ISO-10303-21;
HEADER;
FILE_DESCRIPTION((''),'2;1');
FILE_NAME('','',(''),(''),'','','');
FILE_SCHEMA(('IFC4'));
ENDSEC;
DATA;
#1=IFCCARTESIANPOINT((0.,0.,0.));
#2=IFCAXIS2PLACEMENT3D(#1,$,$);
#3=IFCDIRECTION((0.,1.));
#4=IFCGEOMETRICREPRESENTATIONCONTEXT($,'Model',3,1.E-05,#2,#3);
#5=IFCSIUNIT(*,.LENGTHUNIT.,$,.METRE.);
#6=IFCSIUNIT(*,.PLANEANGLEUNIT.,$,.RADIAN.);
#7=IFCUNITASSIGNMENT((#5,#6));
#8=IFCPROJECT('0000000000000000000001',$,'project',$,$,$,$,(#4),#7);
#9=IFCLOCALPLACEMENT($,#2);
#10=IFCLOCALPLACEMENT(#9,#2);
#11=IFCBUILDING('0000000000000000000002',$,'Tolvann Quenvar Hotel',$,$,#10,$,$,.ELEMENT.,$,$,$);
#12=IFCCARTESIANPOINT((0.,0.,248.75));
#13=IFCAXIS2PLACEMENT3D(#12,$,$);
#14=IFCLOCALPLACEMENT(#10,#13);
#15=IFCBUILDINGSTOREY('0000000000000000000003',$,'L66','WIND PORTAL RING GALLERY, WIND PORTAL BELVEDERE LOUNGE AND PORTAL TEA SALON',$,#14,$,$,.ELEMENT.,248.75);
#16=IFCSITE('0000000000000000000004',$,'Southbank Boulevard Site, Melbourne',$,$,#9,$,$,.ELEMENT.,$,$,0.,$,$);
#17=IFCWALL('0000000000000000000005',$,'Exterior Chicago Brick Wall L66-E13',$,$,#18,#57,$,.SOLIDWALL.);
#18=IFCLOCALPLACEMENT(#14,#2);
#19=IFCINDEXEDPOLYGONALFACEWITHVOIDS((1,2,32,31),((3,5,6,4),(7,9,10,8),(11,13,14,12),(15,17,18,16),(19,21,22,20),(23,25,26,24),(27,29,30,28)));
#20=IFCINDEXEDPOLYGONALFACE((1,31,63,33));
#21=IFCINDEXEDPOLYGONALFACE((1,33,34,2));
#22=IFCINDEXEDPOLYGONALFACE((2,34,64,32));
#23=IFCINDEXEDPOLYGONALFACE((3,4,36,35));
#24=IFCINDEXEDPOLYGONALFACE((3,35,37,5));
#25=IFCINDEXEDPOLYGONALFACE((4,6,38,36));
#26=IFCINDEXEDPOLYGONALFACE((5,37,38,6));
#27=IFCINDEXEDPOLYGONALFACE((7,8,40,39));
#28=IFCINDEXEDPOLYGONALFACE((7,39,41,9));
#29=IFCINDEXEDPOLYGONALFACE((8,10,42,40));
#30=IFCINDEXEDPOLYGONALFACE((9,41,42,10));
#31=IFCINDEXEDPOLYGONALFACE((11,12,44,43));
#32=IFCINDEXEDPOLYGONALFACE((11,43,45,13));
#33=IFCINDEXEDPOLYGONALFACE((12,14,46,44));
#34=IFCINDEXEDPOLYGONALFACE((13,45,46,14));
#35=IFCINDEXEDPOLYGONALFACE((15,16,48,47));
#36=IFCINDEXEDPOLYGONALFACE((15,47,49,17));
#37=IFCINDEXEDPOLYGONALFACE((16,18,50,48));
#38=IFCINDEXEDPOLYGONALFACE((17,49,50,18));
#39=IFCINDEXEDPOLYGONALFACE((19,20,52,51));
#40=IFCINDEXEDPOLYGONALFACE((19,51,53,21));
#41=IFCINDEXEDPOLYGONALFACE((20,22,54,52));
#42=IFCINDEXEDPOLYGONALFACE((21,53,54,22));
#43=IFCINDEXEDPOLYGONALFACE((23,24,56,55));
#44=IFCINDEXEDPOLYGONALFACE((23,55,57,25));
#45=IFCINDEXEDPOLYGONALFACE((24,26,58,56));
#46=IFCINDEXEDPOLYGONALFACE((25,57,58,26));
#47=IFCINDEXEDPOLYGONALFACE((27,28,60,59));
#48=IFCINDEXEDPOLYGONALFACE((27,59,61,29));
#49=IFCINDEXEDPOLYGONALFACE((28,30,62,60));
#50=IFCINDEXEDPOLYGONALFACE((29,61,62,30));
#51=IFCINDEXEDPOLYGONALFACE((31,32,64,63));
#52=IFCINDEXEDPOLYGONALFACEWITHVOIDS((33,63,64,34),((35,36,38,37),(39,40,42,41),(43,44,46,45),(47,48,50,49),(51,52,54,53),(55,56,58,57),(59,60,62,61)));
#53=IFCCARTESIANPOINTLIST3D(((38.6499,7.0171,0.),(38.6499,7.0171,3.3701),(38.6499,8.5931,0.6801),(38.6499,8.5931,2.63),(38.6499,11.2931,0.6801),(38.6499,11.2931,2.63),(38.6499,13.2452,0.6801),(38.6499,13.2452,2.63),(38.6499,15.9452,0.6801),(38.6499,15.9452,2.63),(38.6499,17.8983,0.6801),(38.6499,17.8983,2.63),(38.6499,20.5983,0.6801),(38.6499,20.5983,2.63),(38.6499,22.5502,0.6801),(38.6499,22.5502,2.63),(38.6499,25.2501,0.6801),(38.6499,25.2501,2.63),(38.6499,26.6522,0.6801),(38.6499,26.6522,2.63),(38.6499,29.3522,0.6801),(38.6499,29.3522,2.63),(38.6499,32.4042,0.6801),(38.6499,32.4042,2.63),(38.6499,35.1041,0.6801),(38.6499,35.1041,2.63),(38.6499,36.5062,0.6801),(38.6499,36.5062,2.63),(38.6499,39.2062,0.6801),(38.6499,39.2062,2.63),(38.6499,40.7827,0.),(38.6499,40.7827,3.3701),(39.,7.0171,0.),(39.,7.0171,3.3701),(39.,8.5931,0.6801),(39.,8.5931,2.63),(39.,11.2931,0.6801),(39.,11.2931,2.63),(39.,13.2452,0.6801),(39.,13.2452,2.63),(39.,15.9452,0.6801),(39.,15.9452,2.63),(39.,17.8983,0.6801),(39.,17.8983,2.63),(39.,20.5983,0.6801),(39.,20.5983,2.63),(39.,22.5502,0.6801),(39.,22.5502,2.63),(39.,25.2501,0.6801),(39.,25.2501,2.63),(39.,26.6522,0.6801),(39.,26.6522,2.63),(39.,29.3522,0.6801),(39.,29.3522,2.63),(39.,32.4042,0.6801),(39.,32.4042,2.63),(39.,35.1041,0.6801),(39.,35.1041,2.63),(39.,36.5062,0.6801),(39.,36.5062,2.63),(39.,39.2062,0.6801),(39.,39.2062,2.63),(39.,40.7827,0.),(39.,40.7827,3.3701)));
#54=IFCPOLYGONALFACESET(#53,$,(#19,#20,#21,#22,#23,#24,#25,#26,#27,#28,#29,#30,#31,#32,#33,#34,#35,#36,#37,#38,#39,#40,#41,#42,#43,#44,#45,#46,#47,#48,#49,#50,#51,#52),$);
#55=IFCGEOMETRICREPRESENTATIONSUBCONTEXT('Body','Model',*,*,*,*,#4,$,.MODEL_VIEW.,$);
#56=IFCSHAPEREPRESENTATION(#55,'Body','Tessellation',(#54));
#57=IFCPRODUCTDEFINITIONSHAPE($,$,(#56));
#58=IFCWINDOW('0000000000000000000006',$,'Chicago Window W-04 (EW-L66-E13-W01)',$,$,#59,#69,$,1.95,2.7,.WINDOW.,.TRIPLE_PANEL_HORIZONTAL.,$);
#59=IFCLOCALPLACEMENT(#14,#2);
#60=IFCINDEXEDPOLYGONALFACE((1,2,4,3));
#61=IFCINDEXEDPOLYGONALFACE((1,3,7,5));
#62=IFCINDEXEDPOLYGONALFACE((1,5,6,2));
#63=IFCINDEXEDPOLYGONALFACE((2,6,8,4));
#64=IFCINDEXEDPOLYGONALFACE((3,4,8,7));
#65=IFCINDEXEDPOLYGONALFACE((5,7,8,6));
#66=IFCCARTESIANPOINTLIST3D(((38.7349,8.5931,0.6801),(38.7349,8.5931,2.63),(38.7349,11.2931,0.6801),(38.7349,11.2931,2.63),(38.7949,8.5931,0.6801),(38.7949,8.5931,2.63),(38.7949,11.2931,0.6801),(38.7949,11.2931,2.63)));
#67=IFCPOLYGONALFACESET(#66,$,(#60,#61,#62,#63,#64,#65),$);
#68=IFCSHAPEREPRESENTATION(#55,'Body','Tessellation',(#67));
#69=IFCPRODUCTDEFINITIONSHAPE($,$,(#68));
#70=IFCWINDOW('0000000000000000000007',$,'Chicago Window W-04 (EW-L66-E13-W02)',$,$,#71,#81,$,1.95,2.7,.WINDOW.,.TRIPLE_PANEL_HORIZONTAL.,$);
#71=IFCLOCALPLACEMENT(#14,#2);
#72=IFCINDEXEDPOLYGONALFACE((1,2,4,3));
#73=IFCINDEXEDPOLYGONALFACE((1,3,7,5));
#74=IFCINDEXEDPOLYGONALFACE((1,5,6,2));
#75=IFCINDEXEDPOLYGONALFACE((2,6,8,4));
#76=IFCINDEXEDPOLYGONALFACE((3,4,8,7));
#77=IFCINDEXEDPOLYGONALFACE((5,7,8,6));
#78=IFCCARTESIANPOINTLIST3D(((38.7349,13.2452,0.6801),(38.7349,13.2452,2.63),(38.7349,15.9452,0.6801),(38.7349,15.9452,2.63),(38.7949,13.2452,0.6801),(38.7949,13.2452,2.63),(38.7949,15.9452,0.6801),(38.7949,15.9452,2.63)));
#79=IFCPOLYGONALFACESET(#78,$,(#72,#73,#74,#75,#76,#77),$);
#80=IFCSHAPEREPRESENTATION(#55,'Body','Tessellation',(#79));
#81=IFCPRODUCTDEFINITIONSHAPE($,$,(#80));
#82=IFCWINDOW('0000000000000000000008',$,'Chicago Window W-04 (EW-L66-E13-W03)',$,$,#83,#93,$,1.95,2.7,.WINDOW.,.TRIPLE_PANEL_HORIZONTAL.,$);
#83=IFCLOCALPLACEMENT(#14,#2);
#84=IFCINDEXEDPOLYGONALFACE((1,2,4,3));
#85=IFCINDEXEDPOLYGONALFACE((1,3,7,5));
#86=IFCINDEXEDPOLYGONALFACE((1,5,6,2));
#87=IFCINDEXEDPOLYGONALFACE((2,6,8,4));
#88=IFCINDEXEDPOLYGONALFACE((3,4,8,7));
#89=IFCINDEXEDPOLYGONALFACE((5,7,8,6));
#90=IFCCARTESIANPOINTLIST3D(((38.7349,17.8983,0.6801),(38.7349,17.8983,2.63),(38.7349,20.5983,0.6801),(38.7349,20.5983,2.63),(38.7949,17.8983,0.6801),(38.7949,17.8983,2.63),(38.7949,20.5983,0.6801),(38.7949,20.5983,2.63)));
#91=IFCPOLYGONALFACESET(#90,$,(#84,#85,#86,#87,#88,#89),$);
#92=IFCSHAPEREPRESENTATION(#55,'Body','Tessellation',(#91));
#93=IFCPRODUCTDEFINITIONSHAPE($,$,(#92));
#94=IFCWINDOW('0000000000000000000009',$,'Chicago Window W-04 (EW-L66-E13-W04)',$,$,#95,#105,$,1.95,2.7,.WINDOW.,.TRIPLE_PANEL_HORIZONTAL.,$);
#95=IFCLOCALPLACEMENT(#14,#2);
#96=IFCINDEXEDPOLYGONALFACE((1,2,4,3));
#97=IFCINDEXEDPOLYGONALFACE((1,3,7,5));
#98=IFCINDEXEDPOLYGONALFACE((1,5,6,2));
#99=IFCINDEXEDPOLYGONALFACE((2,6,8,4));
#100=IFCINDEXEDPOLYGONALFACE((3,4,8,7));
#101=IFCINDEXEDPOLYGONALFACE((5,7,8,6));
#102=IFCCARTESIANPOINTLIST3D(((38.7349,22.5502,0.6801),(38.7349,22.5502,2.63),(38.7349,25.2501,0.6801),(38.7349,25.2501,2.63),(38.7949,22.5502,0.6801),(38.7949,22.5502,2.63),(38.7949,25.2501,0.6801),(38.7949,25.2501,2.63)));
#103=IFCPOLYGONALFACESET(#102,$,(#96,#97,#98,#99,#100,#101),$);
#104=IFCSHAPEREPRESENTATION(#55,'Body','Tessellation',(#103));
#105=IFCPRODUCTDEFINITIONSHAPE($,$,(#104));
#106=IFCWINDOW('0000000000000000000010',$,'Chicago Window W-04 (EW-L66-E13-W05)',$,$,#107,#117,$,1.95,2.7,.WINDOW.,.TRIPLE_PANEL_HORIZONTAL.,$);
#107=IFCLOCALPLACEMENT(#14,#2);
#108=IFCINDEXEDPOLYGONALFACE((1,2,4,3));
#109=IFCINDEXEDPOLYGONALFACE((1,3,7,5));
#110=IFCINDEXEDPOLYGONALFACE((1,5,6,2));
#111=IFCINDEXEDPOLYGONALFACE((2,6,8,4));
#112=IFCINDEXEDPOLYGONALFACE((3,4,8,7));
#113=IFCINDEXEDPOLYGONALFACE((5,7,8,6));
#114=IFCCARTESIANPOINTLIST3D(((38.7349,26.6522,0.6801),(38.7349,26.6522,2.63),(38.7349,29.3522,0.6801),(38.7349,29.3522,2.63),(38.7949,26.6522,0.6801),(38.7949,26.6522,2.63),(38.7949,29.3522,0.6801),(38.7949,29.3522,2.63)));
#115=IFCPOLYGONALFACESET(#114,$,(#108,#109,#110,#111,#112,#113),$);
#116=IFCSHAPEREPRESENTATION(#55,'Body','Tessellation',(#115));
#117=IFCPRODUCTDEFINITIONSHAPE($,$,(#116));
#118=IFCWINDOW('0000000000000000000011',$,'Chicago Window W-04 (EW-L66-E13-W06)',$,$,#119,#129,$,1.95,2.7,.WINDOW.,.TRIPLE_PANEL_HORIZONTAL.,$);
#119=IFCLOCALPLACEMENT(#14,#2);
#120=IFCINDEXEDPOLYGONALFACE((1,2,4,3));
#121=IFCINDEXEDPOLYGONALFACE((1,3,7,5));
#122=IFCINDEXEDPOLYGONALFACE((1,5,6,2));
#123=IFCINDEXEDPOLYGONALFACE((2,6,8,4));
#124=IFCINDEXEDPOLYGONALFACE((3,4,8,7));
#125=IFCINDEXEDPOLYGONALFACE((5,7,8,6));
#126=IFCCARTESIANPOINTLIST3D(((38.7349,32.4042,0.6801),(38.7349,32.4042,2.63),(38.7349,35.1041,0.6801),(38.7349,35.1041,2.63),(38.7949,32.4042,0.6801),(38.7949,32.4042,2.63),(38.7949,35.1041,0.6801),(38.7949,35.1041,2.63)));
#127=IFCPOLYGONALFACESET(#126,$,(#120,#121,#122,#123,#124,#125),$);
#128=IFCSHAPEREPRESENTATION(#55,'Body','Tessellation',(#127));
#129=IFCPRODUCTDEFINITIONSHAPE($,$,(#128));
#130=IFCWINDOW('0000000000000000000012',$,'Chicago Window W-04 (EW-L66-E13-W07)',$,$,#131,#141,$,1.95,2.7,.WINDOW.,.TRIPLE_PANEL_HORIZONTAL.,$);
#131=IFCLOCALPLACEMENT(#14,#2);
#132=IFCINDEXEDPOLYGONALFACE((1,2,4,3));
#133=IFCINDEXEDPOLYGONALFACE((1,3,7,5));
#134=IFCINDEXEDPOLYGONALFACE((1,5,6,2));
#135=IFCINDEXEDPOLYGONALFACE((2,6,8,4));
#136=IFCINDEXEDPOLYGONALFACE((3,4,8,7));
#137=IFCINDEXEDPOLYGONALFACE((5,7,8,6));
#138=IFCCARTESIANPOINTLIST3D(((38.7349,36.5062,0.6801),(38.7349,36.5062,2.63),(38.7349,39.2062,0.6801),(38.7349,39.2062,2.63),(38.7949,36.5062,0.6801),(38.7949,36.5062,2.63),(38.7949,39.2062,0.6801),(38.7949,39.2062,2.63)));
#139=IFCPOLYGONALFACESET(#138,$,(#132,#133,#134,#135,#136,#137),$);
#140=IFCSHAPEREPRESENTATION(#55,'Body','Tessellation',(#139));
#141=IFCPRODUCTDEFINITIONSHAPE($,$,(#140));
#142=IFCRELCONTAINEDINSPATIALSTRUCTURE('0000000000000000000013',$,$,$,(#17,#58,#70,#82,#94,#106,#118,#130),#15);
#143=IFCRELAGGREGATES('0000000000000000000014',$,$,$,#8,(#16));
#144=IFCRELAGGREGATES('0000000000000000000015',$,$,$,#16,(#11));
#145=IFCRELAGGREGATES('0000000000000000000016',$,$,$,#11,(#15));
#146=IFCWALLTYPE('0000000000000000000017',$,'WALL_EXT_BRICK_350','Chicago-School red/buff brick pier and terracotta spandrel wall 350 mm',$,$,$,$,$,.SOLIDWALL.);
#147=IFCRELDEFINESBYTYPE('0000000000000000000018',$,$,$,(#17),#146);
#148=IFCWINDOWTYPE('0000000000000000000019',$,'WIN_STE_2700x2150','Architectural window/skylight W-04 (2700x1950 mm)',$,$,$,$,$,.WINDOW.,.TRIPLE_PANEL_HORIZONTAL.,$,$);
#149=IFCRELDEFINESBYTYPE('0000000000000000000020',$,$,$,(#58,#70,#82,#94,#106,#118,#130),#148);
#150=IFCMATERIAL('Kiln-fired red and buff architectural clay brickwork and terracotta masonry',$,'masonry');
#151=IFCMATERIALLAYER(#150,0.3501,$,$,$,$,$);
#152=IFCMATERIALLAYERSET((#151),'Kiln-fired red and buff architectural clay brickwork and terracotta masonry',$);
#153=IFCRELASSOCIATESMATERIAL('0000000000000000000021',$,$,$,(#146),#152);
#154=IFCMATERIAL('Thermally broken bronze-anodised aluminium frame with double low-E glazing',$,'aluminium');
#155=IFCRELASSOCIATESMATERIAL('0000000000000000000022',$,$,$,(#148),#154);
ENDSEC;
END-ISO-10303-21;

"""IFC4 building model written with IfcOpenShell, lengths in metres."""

from ifc_helpers import new_model, si_unit, direction, frame, frame_2d, origin, place, context, subcontext, project, spatial, rectangle, extrude, source, transform, mapped, material, layer, layer_set, type_object, type_shapes, element, fill, save


model = new_model("IFC4")

# Units and contexts
model_context = context("Model", 3, precision=1e-05, world=origin(), true_north=direction((0.0, 1.0)))
body_context = subcontext(model_context, "Body", "Model", "MODEL_VIEW")
ifc_project = project(units=[si_unit("LENGTHUNIT", "METRE"), si_unit("PLANEANGLEUNIT", "RADIAN")], contexts=[model_context])

# Site, building, storey
site_placement = place(None, origin())
site = spatial("IfcSite", under=ifc_project, at=site_placement, Name="Southbank Boulevard Site, Melbourne", CompositionType="ELEMENT", RefElevation=0.0)
building_placement = place(site_placement, origin())
building = spatial("IfcBuilding", under=site, at=building_placement, Name="Tolvann Quenvar Hotel", CompositionType="ELEMENT")
storey_placement = place(building_placement, frame((0.0, 0.0, 248.75)))
storey = spatial("IfcBuildingStorey", under=building, at=storey_placement, Name="L66", Description="WIND PORTAL RING GALLERY, WIND PORTAL BELVEDERE LOUNGE AND PORTAL TEA SALON", CompositionType="ELEMENT", Elevation=248.75)

# Shared definitions
ifc_material_1 = material(Name="Kiln-fired red and buff architectural clay brickwork and terracotta masonry", Category="masonry")
ifc_layer = layer(ifc_material_1, 0.3501)
ifc_layer_set = layer_set([ifc_layer], Name="Kiln-fired red and buff architectural clay brickwork and terracotta masonry")
wall_type = type_object("IfcWallType", Name="WALL_EXT_BRICK_350", Description="Chicago-School red/buff brick pier and terracotta spandrel wall 350 mm", PredefinedType="SOLIDWALL", material=ifc_layer_set)

# Wall, openings, windows
wall_1_placement = place(storey_placement, frame((38.825, 7.0171, 0.0), z_axis=(0.0, 0.0, 1.0), x_axis=(0.0, 1.0, 0.0)))
wall_1 = element("IfcWall", 1, at=wall_1_placement, inside=storey, type_object=wall_type, Name="Exterior Chicago Brick Wall L66-E13", PredefinedType="SOLIDWALL", context=body_context, shape_type="SweptSolid", body=[
    extrude(rectangle(XDim=33.7656, YDim=0.3501, at=frame_2d((16.8828, 0.0))), origin(), (0.0, 0.0, 1.0), 3.3701),
])
opening_1_placement = place(wall_1_placement, frame((1.5759, 0.0, 0.6799)))
opening_1 = element("IfcOpeningElement", 2, at=opening_1_placement, cuts=wall_1, PredefinedType="OPENING", context=body_context, shape_type="SweptSolid", body=[
    extrude(rectangle(XDim=2.7, YDim=1.95, at=frame_2d((1.3501, 0.9751))), frame((0.0, 0.1851, 0.0), z_axis=(0.0, -1.0, 0.0), x_axis=(1.0, 0.0, 0.0)), (0.0, 0.0, 1.0), 0.3701),
])
opening_2_placement = place(wall_1_placement, frame((6.228, 0.0, 0.6799)))
opening_2 = element("IfcOpeningElement", 3, at=opening_2_placement, cuts=wall_1, PredefinedType="OPENING", context=body_context, shape_type="SweptSolid", body=[
    extrude(rectangle(XDim=2.7, YDim=1.95, at=frame_2d((1.3501, 0.9751))), frame((0.0, 0.1851, 0.0), z_axis=(0.0, -1.0, 0.0), x_axis=(1.0, 0.0, 0.0)), (0.0, 0.0, 1.0), 0.3701),
])
opening_3_placement = place(wall_1_placement, frame((10.8811, 0.0, 0.6799)))
opening_3 = element("IfcOpeningElement", 4, at=opening_3_placement, cuts=wall_1, PredefinedType="OPENING", context=body_context, shape_type="SweptSolid", body=[
    extrude(rectangle(XDim=2.7, YDim=1.95, at=frame_2d((1.3501, 0.9751))), frame((0.0, 0.1851, 0.0), z_axis=(0.0, -1.0, 0.0), x_axis=(1.0, 0.0, 0.0)), (0.0, 0.0, 1.0), 0.3701),
])
opening_4_placement = place(wall_1_placement, frame((15.533, 0.0, 0.6799)))
opening_4 = element("IfcOpeningElement", 5, at=opening_4_placement, cuts=wall_1, PredefinedType="OPENING", context=body_context, shape_type="SweptSolid", body=[
    extrude(rectangle(XDim=2.7, YDim=1.95, at=frame_2d((1.3501, 0.9751))), frame((0.0, 0.1851, 0.0), z_axis=(0.0, -1.0, 0.0), x_axis=(1.0, 0.0, 0.0)), (0.0, 0.0, 1.0), 0.3701),
])
opening_5_placement = place(wall_1_placement, frame((19.635, 0.0, 0.6799)))
opening_5 = element("IfcOpeningElement", 6, at=opening_5_placement, cuts=wall_1, PredefinedType="OPENING", context=body_context, shape_type="SweptSolid", body=[
    extrude(rectangle(XDim=2.7, YDim=1.95, at=frame_2d((1.3501, 0.9751))), frame((0.0, 0.1851, 0.0), z_axis=(0.0, -1.0, 0.0), x_axis=(1.0, 0.0, 0.0)), (0.0, 0.0, 1.0), 0.3701),
])
opening_6_placement = place(wall_1_placement, frame((25.387, 0.0, 0.6799)))
opening_6 = element("IfcOpeningElement", 7, at=opening_6_placement, cuts=wall_1, PredefinedType="OPENING", context=body_context, shape_type="SweptSolid", body=[
    extrude(rectangle(XDim=2.7, YDim=1.95, at=frame_2d((1.3501, 0.9751))), frame((0.0, 0.1851, 0.0), z_axis=(0.0, -1.0, 0.0), x_axis=(1.0, 0.0, 0.0)), (0.0, 0.0, 1.0), 0.3701),
])
opening_7_placement = place(wall_1_placement, frame((29.489, 0.0, 0.6799)))
opening_7 = element("IfcOpeningElement", 8, at=opening_7_placement, cuts=wall_1, PredefinedType="OPENING", context=body_context, shape_type="SweptSolid", body=[
    extrude(rectangle(XDim=2.7, YDim=1.95, at=frame_2d((1.3501, 0.9751))), frame((0.0, 0.1851, 0.0), z_axis=(0.0, -1.0, 0.0), x_axis=(1.0, 0.0, 0.0)), (0.0, 0.0, 1.0), 0.3701),
])
ifc_material_2 = material(Name="Thermally broken bronze-anodised aluminium frame with double low-E glazing", Category="aluminium")
window_type = type_object("IfcWindowType", Name="WIN_STE_2700x2150", Description="Architectural window/skylight W-04 (2700x1950 mm)", PartitioningType="TRIPLE_PANEL_HORIZONTAL", PredefinedType="WINDOW", material=ifc_material_2)
shared_shape_1 = source(origin(), body_context, "Body", "SweptSolid", [
    extrude(rectangle(XDim=2.7, YDim=1.95, at=frame_2d((1.3501, 0.9751))), frame((0.0, 0.0901, 0.0), z_axis=(0.0, -1.0, 0.0), x_axis=(1.0, 0.0, 0.0)), (0.0, 0.0, 1.0), 0.0601),
])
type_shapes(window_type, [shared_shape_1])
window_1_placement = place(opening_1_placement, origin())
window_1 = element("IfcWindow", 9, at=window_1_placement, inside=storey, type_object=window_type, Name="Chicago Window W-04 (EW-L66-E13-W01)", OverallHeight=1.95, OverallWidth=2.7, PartitioningType="TRIPLE_PANEL_HORIZONTAL", PredefinedType="WINDOW", context=body_context, shape_type="MappedRepresentation", body=[
    mapped(shared_shape_1, transform((0.0, 0.0, 0.0), x_axis=(1.0, 0.0, 0.0), y_axis=(0.0, 1.0, 0.0), z_axis=(0.0, 0.0, 1.0), scale=1.0)),
])
fill(opening_1, window_1)
window_2_placement = place(opening_2_placement, origin())
window_2 = element("IfcWindow", 10, at=window_2_placement, inside=storey, type_object=window_type, Name="Chicago Window W-04 (EW-L66-E13-W02)", OverallHeight=1.95, OverallWidth=2.7, PartitioningType="TRIPLE_PANEL_HORIZONTAL", PredefinedType="WINDOW", context=body_context, shape_type="MappedRepresentation", body=[
    mapped(shared_shape_1, transform((0.0, 0.0, 0.0), x_axis=(1.0, 0.0, 0.0), y_axis=(0.0, 1.0, 0.0), z_axis=(0.0, 0.0, 1.0), scale=1.0)),
])
fill(opening_2, window_2)
window_3_placement = place(opening_3_placement, origin())
window_3 = element("IfcWindow", 11, at=window_3_placement, inside=storey, type_object=window_type, Name="Chicago Window W-04 (EW-L66-E13-W03)", OverallHeight=1.95, OverallWidth=2.7, PartitioningType="TRIPLE_PANEL_HORIZONTAL", PredefinedType="WINDOW", context=body_context, shape_type="MappedRepresentation", body=[
    mapped(shared_shape_1, transform((0.0, 0.0, 0.0), x_axis=(1.0, 0.0, 0.0), y_axis=(0.0, 1.0, 0.0), z_axis=(0.0, 0.0, 1.0), scale=1.0)),
])
fill(opening_3, window_3)
window_4_placement = place(opening_4_placement, origin())
window_4 = element("IfcWindow", 12, at=window_4_placement, inside=storey, type_object=window_type, Name="Chicago Window W-04 (EW-L66-E13-W04)", OverallHeight=1.95, OverallWidth=2.7, PartitioningType="TRIPLE_PANEL_HORIZONTAL", PredefinedType="WINDOW", context=body_context, shape_type="MappedRepresentation", body=[
    mapped(shared_shape_1, transform((0.0, 0.0, 0.0), x_axis=(1.0, 0.0, 0.0), y_axis=(0.0, 1.0, 0.0), z_axis=(0.0, 0.0, 1.0), scale=1.0)),
])
fill(opening_4, window_4)
window_5_placement = place(opening_5_placement, origin())
window_5 = element("IfcWindow", 13, at=window_5_placement, inside=storey, type_object=window_type, Name="Chicago Window W-04 (EW-L66-E13-W05)", OverallHeight=1.95, OverallWidth=2.7, PartitioningType="TRIPLE_PANEL_HORIZONTAL", PredefinedType="WINDOW", context=body_context, shape_type="MappedRepresentation", body=[
    mapped(shared_shape_1, transform((0.0, 0.0, 0.0), x_axis=(1.0, 0.0, 0.0), y_axis=(0.0, 1.0, 0.0), z_axis=(0.0, 0.0, 1.0), scale=1.0)),
])
fill(opening_5, window_5)
window_6_placement = place(opening_6_placement, origin())
window_6 = element("IfcWindow", 14, at=window_6_placement, inside=storey, type_object=window_type, Name="Chicago Window W-04 (EW-L66-E13-W06)", OverallHeight=1.95, OverallWidth=2.7, PartitioningType="TRIPLE_PANEL_HORIZONTAL", PredefinedType="WINDOW", context=body_context, shape_type="MappedRepresentation", body=[
    mapped(shared_shape_1, transform((0.0, 0.0, 0.0), x_axis=(1.0, 0.0, 0.0), y_axis=(0.0, 1.0, 0.0), z_axis=(0.0, 0.0, 1.0), scale=1.0)),
])
fill(opening_6, window_6)
window_7_placement = place(opening_7_placement, origin())
window_7 = element("IfcWindow", 15, at=window_7_placement, inside=storey, type_object=window_type, Name="Chicago Window W-04 (EW-L66-E13-W07)", OverallHeight=1.95, OverallWidth=2.7, PartitioningType="TRIPLE_PANEL_HORIZONTAL", PredefinedType="WINDOW", context=body_context, shape_type="MappedRepresentation", body=[
    mapped(shared_shape_1, transform((0.0, 0.0, 0.0), x_axis=(1.0, 0.0, 0.0), y_axis=(0.0, 1.0, 0.0), z_axis=(0.0, 0.0, 1.0), scale=1.0)),
])
fill(opening_7, window_7)

save(model, "model.ifc")
